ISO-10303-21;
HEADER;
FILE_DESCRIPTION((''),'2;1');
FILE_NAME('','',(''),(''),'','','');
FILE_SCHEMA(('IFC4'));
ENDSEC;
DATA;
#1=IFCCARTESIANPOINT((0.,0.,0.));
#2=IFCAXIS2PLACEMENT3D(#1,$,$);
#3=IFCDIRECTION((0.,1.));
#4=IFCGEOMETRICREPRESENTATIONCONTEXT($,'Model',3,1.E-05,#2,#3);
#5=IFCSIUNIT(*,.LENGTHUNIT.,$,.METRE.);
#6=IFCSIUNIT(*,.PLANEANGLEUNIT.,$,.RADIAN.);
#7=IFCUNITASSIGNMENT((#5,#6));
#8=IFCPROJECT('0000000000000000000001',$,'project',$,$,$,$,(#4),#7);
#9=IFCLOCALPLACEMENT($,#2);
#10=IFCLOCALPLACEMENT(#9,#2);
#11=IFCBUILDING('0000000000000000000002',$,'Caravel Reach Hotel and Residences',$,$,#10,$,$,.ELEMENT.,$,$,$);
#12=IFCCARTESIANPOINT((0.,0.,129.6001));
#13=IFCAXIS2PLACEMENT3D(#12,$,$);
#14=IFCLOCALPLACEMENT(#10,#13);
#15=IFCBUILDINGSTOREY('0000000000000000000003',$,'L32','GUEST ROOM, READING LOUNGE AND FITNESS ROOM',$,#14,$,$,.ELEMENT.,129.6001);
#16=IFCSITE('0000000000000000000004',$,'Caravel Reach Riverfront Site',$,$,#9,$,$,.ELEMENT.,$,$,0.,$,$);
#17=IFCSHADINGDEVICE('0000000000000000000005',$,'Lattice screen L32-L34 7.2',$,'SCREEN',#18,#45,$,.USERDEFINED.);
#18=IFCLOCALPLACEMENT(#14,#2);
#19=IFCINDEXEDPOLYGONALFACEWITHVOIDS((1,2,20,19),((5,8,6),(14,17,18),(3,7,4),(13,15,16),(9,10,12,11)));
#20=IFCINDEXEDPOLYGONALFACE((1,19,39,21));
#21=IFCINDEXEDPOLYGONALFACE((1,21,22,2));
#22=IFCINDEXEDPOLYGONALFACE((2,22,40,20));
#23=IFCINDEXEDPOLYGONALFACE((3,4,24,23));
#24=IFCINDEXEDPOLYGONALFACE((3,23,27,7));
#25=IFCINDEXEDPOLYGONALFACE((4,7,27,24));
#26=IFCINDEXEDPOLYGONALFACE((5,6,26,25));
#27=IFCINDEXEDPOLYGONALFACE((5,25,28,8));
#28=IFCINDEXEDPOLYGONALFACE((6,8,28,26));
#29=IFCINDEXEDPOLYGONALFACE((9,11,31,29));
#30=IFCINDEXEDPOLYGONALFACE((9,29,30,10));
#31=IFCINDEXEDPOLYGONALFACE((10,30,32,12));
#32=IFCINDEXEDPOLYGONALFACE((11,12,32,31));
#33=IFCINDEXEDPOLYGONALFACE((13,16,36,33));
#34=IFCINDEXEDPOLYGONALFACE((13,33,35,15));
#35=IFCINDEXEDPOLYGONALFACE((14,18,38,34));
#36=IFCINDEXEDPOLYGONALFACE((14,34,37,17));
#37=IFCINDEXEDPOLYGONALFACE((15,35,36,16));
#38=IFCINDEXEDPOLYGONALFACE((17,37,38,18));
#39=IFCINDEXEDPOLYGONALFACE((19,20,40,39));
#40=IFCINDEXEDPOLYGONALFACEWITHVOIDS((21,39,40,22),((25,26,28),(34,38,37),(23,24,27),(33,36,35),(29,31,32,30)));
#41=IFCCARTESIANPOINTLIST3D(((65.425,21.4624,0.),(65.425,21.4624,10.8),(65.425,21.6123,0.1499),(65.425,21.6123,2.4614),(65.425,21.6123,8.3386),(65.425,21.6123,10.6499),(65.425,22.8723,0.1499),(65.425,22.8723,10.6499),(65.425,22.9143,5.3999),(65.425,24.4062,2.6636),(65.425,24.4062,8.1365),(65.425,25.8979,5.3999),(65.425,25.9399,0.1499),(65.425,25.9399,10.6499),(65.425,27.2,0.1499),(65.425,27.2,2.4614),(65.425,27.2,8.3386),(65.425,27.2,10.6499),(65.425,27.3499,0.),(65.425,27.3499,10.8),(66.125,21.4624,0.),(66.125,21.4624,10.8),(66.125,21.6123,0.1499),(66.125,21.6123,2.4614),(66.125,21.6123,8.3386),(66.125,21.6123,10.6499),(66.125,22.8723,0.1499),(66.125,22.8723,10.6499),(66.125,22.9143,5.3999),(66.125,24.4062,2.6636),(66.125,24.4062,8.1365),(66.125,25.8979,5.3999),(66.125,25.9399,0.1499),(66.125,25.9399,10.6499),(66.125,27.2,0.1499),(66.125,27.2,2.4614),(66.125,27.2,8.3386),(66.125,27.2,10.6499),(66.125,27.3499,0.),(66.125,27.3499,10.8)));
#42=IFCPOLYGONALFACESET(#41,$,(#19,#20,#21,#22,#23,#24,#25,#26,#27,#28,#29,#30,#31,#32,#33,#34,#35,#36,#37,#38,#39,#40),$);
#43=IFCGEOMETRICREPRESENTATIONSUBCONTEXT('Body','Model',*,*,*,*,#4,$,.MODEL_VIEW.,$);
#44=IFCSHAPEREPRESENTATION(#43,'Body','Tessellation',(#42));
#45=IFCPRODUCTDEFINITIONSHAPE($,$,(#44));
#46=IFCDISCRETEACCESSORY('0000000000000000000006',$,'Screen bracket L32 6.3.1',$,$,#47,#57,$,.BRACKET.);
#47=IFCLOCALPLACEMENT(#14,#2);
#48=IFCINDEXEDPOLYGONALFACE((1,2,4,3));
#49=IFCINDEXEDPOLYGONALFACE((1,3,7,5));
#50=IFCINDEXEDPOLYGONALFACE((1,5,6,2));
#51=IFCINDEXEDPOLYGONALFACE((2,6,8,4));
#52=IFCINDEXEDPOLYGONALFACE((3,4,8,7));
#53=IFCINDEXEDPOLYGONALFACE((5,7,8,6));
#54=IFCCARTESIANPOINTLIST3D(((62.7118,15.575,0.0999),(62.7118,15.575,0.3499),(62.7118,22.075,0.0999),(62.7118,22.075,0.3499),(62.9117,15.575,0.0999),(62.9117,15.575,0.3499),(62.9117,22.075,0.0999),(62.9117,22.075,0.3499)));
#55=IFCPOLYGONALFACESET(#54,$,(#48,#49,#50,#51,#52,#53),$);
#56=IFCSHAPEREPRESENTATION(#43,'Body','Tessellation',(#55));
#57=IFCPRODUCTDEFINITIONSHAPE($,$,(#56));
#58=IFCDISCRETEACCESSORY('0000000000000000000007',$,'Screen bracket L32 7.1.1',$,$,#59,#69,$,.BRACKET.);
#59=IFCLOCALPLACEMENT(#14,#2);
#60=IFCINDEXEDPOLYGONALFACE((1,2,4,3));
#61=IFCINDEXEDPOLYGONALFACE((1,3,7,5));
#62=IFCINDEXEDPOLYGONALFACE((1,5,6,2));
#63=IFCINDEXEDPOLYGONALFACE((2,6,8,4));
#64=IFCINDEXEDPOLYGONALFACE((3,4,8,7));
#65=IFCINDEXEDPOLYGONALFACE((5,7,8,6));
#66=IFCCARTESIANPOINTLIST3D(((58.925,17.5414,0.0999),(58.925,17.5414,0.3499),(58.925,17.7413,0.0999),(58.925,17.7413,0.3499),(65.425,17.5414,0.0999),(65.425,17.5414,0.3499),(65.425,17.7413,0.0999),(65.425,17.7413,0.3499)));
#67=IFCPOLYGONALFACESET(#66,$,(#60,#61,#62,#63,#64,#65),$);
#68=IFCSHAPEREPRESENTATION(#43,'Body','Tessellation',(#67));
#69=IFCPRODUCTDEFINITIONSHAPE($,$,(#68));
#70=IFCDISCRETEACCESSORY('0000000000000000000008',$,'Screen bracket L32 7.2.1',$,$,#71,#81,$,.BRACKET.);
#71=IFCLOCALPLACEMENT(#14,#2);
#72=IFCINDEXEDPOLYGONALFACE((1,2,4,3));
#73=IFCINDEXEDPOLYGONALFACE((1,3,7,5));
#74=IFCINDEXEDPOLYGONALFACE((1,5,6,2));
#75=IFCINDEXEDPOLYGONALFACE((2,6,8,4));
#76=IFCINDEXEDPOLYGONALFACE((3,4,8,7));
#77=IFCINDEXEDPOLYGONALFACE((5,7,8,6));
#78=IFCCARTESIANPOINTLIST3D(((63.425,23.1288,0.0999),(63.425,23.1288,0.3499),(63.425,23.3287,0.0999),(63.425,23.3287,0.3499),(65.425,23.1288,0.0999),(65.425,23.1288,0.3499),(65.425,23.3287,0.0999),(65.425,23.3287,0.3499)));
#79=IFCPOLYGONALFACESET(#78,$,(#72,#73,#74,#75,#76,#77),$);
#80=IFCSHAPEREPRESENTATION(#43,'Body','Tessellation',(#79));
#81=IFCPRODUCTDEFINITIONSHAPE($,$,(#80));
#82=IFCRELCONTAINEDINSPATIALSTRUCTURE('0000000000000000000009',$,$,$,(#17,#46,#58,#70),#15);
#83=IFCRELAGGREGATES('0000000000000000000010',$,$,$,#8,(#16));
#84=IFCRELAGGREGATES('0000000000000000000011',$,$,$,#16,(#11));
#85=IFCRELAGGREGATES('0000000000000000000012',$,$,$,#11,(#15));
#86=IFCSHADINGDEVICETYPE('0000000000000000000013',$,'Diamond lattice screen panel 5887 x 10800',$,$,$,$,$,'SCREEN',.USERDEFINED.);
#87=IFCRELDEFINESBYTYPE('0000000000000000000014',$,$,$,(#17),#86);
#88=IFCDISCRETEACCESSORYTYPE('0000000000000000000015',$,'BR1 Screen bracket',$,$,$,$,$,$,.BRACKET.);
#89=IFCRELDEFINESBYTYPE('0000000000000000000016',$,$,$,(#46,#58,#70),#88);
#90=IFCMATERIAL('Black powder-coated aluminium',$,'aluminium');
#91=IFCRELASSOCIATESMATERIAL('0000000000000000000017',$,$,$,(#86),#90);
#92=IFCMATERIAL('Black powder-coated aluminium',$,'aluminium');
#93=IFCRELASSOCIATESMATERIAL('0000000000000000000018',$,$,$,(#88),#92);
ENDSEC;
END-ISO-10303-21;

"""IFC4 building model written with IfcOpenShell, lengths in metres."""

from ifc_helpers import new_model, si_unit, direction, frame, origin, origin_2d, place, context, subcontext, project, spatial, polyline, rectangle, outline, extrude, material, type_object, element, save


model = new_model("IFC4")

# Units and contexts
model_context = context("Model", 3, precision=1e-05, world=origin(), true_north=direction((0.0, 1.0)))
body_context = subcontext(model_context, "Body", "Model", "MODEL_VIEW")
ifc_project = project(units=[si_unit("LENGTHUNIT", "METRE"), si_unit("PLANEANGLEUNIT", "RADIAN")], contexts=[model_context])

# Site, building, storey
site_placement = place(None, origin())
site = spatial("IfcSite", under=ifc_project, at=site_placement, Name="Caravel Reach Riverfront Site", CompositionType="ELEMENT", RefElevation=0.0)
building_placement = place(site_placement, origin())
building = spatial("IfcBuilding", under=site, at=building_placement, Name="Caravel Reach Hotel and Residences", CompositionType="ELEMENT")
storey_placement = place(building_placement, frame((0.0, 0.0, 129.6001)))
storey = spatial("IfcBuildingStorey", under=building, at=storey_placement, Name="L32", Description="GUEST ROOM, READING LOUNGE AND FITNESS ROOM", CompositionType="ELEMENT", Elevation=129.6001)

# Shading device
ifc_material_1 = material(Name="Black powder-coated aluminium", Category="aluminium")
shading_device_type_1 = type_object("IfcShadingDeviceType", Name="Diamond lattice screen panel 5887 x 10800", ElementType="SCREEN", PredefinedType="USERDEFINED", material=ifc_material_1)
for number, where, z_axis, x_axis, name in (
    (1, (65.425, 21.4624, 0.0), (1.0, 0.0, 0.0), (0.0, 1.0, 0.0), "Lattice screen L32-L34 7.2"),
):
    element("IfcShadingDevice", number, at=place(storey_placement, frame(where, z_axis=z_axis, x_axis=x_axis)), inside=storey, type_object=shading_device_type_1, Name=name, ObjectType="SCREEN", PredefinedType="USERDEFINED", context=body_context, shape_type="SweptSolid", body=[
        extrude(outline(polyline([(0.0, 0.0), (5.8875, 0.0), (5.8875, 10.8), (0.0, 10.8), (0.0, 0.0)]), holes=[polyline([(1.4099, 0.1499), (0.1499, 2.4614), (0.1499, 0.1499), (1.4099, 0.1499)]), polyline([(0.1499, 8.3386), (1.4099, 10.6499), (0.1499, 10.6499), (0.1499, 8.3386)]), polyline([(2.9438, 8.1365), (1.4519, 5.3999), (2.9438, 2.6636), (4.4355, 5.3999), (2.9438, 8.1365)]), polyline([(5.7375, 2.4614), (4.4775, 0.1499), (5.7375, 0.1499), (5.7375, 2.4614)]), polyline([(4.4775, 10.6499), (5.7375, 8.3386), (5.7375, 10.6499), (4.4775, 10.6499)])]), origin(), (0.0, 0.0, 1.0), 0.7),
    ])

# Discrete accessories
ifc_material_2 = material(Name="Black powder-coated aluminium", Category="aluminium")
discrete_accessory_type = type_object("IfcDiscreteAccessoryType", Name="BR1 Screen bracket", PredefinedType="BRACKET", material=ifc_material_2)
for number, where, z_axis, x_axis, name in (
    (2, (62.8118, 18.825, 0.0999), (0.0, 0.0, 1.0), (0.0, -1.0, 0.0), "Screen bracket L32 6.3.1"),
    (3, (62.175, 17.6414, 0.0999), (0.0, 0.0, 1.0), (1.0, 0.0, 0.0), "Screen bracket L32 7.1.1"),
):
    element("IfcDiscreteAccessory", number, at=place(storey_placement, frame(where, z_axis=z_axis, x_axis=x_axis)), inside=storey, type_object=discrete_accessory_type, Name=name, PredefinedType="BRACKET", context=body_context, shape_type="SweptSolid", body=[
        extrude(rectangle(XDim=6.5, YDim=0.2, at=origin_2d()), origin(), (0.0, 0.0, 1.0), 0.25),
    ])
discrete_accessory_placement = place(storey_placement, frame((64.425, 23.2288, 0.0999), z_axis=(0.0, 0.0, 1.0), x_axis=(1.0, 0.0, 0.0)))
element("IfcDiscreteAccessory", 4, at=discrete_accessory_placement, inside=storey, type_object=discrete_accessory_type, Name="Screen bracket L32 7.2.1", PredefinedType="BRACKET", context=body_context, shape_type="SweptSolid", body=[
    extrude(rectangle(XDim=2.0, YDim=0.2, at=origin_2d()), origin(), (0.0, 0.0, 1.0), 0.25),
])

save(model, "model.ifc")
